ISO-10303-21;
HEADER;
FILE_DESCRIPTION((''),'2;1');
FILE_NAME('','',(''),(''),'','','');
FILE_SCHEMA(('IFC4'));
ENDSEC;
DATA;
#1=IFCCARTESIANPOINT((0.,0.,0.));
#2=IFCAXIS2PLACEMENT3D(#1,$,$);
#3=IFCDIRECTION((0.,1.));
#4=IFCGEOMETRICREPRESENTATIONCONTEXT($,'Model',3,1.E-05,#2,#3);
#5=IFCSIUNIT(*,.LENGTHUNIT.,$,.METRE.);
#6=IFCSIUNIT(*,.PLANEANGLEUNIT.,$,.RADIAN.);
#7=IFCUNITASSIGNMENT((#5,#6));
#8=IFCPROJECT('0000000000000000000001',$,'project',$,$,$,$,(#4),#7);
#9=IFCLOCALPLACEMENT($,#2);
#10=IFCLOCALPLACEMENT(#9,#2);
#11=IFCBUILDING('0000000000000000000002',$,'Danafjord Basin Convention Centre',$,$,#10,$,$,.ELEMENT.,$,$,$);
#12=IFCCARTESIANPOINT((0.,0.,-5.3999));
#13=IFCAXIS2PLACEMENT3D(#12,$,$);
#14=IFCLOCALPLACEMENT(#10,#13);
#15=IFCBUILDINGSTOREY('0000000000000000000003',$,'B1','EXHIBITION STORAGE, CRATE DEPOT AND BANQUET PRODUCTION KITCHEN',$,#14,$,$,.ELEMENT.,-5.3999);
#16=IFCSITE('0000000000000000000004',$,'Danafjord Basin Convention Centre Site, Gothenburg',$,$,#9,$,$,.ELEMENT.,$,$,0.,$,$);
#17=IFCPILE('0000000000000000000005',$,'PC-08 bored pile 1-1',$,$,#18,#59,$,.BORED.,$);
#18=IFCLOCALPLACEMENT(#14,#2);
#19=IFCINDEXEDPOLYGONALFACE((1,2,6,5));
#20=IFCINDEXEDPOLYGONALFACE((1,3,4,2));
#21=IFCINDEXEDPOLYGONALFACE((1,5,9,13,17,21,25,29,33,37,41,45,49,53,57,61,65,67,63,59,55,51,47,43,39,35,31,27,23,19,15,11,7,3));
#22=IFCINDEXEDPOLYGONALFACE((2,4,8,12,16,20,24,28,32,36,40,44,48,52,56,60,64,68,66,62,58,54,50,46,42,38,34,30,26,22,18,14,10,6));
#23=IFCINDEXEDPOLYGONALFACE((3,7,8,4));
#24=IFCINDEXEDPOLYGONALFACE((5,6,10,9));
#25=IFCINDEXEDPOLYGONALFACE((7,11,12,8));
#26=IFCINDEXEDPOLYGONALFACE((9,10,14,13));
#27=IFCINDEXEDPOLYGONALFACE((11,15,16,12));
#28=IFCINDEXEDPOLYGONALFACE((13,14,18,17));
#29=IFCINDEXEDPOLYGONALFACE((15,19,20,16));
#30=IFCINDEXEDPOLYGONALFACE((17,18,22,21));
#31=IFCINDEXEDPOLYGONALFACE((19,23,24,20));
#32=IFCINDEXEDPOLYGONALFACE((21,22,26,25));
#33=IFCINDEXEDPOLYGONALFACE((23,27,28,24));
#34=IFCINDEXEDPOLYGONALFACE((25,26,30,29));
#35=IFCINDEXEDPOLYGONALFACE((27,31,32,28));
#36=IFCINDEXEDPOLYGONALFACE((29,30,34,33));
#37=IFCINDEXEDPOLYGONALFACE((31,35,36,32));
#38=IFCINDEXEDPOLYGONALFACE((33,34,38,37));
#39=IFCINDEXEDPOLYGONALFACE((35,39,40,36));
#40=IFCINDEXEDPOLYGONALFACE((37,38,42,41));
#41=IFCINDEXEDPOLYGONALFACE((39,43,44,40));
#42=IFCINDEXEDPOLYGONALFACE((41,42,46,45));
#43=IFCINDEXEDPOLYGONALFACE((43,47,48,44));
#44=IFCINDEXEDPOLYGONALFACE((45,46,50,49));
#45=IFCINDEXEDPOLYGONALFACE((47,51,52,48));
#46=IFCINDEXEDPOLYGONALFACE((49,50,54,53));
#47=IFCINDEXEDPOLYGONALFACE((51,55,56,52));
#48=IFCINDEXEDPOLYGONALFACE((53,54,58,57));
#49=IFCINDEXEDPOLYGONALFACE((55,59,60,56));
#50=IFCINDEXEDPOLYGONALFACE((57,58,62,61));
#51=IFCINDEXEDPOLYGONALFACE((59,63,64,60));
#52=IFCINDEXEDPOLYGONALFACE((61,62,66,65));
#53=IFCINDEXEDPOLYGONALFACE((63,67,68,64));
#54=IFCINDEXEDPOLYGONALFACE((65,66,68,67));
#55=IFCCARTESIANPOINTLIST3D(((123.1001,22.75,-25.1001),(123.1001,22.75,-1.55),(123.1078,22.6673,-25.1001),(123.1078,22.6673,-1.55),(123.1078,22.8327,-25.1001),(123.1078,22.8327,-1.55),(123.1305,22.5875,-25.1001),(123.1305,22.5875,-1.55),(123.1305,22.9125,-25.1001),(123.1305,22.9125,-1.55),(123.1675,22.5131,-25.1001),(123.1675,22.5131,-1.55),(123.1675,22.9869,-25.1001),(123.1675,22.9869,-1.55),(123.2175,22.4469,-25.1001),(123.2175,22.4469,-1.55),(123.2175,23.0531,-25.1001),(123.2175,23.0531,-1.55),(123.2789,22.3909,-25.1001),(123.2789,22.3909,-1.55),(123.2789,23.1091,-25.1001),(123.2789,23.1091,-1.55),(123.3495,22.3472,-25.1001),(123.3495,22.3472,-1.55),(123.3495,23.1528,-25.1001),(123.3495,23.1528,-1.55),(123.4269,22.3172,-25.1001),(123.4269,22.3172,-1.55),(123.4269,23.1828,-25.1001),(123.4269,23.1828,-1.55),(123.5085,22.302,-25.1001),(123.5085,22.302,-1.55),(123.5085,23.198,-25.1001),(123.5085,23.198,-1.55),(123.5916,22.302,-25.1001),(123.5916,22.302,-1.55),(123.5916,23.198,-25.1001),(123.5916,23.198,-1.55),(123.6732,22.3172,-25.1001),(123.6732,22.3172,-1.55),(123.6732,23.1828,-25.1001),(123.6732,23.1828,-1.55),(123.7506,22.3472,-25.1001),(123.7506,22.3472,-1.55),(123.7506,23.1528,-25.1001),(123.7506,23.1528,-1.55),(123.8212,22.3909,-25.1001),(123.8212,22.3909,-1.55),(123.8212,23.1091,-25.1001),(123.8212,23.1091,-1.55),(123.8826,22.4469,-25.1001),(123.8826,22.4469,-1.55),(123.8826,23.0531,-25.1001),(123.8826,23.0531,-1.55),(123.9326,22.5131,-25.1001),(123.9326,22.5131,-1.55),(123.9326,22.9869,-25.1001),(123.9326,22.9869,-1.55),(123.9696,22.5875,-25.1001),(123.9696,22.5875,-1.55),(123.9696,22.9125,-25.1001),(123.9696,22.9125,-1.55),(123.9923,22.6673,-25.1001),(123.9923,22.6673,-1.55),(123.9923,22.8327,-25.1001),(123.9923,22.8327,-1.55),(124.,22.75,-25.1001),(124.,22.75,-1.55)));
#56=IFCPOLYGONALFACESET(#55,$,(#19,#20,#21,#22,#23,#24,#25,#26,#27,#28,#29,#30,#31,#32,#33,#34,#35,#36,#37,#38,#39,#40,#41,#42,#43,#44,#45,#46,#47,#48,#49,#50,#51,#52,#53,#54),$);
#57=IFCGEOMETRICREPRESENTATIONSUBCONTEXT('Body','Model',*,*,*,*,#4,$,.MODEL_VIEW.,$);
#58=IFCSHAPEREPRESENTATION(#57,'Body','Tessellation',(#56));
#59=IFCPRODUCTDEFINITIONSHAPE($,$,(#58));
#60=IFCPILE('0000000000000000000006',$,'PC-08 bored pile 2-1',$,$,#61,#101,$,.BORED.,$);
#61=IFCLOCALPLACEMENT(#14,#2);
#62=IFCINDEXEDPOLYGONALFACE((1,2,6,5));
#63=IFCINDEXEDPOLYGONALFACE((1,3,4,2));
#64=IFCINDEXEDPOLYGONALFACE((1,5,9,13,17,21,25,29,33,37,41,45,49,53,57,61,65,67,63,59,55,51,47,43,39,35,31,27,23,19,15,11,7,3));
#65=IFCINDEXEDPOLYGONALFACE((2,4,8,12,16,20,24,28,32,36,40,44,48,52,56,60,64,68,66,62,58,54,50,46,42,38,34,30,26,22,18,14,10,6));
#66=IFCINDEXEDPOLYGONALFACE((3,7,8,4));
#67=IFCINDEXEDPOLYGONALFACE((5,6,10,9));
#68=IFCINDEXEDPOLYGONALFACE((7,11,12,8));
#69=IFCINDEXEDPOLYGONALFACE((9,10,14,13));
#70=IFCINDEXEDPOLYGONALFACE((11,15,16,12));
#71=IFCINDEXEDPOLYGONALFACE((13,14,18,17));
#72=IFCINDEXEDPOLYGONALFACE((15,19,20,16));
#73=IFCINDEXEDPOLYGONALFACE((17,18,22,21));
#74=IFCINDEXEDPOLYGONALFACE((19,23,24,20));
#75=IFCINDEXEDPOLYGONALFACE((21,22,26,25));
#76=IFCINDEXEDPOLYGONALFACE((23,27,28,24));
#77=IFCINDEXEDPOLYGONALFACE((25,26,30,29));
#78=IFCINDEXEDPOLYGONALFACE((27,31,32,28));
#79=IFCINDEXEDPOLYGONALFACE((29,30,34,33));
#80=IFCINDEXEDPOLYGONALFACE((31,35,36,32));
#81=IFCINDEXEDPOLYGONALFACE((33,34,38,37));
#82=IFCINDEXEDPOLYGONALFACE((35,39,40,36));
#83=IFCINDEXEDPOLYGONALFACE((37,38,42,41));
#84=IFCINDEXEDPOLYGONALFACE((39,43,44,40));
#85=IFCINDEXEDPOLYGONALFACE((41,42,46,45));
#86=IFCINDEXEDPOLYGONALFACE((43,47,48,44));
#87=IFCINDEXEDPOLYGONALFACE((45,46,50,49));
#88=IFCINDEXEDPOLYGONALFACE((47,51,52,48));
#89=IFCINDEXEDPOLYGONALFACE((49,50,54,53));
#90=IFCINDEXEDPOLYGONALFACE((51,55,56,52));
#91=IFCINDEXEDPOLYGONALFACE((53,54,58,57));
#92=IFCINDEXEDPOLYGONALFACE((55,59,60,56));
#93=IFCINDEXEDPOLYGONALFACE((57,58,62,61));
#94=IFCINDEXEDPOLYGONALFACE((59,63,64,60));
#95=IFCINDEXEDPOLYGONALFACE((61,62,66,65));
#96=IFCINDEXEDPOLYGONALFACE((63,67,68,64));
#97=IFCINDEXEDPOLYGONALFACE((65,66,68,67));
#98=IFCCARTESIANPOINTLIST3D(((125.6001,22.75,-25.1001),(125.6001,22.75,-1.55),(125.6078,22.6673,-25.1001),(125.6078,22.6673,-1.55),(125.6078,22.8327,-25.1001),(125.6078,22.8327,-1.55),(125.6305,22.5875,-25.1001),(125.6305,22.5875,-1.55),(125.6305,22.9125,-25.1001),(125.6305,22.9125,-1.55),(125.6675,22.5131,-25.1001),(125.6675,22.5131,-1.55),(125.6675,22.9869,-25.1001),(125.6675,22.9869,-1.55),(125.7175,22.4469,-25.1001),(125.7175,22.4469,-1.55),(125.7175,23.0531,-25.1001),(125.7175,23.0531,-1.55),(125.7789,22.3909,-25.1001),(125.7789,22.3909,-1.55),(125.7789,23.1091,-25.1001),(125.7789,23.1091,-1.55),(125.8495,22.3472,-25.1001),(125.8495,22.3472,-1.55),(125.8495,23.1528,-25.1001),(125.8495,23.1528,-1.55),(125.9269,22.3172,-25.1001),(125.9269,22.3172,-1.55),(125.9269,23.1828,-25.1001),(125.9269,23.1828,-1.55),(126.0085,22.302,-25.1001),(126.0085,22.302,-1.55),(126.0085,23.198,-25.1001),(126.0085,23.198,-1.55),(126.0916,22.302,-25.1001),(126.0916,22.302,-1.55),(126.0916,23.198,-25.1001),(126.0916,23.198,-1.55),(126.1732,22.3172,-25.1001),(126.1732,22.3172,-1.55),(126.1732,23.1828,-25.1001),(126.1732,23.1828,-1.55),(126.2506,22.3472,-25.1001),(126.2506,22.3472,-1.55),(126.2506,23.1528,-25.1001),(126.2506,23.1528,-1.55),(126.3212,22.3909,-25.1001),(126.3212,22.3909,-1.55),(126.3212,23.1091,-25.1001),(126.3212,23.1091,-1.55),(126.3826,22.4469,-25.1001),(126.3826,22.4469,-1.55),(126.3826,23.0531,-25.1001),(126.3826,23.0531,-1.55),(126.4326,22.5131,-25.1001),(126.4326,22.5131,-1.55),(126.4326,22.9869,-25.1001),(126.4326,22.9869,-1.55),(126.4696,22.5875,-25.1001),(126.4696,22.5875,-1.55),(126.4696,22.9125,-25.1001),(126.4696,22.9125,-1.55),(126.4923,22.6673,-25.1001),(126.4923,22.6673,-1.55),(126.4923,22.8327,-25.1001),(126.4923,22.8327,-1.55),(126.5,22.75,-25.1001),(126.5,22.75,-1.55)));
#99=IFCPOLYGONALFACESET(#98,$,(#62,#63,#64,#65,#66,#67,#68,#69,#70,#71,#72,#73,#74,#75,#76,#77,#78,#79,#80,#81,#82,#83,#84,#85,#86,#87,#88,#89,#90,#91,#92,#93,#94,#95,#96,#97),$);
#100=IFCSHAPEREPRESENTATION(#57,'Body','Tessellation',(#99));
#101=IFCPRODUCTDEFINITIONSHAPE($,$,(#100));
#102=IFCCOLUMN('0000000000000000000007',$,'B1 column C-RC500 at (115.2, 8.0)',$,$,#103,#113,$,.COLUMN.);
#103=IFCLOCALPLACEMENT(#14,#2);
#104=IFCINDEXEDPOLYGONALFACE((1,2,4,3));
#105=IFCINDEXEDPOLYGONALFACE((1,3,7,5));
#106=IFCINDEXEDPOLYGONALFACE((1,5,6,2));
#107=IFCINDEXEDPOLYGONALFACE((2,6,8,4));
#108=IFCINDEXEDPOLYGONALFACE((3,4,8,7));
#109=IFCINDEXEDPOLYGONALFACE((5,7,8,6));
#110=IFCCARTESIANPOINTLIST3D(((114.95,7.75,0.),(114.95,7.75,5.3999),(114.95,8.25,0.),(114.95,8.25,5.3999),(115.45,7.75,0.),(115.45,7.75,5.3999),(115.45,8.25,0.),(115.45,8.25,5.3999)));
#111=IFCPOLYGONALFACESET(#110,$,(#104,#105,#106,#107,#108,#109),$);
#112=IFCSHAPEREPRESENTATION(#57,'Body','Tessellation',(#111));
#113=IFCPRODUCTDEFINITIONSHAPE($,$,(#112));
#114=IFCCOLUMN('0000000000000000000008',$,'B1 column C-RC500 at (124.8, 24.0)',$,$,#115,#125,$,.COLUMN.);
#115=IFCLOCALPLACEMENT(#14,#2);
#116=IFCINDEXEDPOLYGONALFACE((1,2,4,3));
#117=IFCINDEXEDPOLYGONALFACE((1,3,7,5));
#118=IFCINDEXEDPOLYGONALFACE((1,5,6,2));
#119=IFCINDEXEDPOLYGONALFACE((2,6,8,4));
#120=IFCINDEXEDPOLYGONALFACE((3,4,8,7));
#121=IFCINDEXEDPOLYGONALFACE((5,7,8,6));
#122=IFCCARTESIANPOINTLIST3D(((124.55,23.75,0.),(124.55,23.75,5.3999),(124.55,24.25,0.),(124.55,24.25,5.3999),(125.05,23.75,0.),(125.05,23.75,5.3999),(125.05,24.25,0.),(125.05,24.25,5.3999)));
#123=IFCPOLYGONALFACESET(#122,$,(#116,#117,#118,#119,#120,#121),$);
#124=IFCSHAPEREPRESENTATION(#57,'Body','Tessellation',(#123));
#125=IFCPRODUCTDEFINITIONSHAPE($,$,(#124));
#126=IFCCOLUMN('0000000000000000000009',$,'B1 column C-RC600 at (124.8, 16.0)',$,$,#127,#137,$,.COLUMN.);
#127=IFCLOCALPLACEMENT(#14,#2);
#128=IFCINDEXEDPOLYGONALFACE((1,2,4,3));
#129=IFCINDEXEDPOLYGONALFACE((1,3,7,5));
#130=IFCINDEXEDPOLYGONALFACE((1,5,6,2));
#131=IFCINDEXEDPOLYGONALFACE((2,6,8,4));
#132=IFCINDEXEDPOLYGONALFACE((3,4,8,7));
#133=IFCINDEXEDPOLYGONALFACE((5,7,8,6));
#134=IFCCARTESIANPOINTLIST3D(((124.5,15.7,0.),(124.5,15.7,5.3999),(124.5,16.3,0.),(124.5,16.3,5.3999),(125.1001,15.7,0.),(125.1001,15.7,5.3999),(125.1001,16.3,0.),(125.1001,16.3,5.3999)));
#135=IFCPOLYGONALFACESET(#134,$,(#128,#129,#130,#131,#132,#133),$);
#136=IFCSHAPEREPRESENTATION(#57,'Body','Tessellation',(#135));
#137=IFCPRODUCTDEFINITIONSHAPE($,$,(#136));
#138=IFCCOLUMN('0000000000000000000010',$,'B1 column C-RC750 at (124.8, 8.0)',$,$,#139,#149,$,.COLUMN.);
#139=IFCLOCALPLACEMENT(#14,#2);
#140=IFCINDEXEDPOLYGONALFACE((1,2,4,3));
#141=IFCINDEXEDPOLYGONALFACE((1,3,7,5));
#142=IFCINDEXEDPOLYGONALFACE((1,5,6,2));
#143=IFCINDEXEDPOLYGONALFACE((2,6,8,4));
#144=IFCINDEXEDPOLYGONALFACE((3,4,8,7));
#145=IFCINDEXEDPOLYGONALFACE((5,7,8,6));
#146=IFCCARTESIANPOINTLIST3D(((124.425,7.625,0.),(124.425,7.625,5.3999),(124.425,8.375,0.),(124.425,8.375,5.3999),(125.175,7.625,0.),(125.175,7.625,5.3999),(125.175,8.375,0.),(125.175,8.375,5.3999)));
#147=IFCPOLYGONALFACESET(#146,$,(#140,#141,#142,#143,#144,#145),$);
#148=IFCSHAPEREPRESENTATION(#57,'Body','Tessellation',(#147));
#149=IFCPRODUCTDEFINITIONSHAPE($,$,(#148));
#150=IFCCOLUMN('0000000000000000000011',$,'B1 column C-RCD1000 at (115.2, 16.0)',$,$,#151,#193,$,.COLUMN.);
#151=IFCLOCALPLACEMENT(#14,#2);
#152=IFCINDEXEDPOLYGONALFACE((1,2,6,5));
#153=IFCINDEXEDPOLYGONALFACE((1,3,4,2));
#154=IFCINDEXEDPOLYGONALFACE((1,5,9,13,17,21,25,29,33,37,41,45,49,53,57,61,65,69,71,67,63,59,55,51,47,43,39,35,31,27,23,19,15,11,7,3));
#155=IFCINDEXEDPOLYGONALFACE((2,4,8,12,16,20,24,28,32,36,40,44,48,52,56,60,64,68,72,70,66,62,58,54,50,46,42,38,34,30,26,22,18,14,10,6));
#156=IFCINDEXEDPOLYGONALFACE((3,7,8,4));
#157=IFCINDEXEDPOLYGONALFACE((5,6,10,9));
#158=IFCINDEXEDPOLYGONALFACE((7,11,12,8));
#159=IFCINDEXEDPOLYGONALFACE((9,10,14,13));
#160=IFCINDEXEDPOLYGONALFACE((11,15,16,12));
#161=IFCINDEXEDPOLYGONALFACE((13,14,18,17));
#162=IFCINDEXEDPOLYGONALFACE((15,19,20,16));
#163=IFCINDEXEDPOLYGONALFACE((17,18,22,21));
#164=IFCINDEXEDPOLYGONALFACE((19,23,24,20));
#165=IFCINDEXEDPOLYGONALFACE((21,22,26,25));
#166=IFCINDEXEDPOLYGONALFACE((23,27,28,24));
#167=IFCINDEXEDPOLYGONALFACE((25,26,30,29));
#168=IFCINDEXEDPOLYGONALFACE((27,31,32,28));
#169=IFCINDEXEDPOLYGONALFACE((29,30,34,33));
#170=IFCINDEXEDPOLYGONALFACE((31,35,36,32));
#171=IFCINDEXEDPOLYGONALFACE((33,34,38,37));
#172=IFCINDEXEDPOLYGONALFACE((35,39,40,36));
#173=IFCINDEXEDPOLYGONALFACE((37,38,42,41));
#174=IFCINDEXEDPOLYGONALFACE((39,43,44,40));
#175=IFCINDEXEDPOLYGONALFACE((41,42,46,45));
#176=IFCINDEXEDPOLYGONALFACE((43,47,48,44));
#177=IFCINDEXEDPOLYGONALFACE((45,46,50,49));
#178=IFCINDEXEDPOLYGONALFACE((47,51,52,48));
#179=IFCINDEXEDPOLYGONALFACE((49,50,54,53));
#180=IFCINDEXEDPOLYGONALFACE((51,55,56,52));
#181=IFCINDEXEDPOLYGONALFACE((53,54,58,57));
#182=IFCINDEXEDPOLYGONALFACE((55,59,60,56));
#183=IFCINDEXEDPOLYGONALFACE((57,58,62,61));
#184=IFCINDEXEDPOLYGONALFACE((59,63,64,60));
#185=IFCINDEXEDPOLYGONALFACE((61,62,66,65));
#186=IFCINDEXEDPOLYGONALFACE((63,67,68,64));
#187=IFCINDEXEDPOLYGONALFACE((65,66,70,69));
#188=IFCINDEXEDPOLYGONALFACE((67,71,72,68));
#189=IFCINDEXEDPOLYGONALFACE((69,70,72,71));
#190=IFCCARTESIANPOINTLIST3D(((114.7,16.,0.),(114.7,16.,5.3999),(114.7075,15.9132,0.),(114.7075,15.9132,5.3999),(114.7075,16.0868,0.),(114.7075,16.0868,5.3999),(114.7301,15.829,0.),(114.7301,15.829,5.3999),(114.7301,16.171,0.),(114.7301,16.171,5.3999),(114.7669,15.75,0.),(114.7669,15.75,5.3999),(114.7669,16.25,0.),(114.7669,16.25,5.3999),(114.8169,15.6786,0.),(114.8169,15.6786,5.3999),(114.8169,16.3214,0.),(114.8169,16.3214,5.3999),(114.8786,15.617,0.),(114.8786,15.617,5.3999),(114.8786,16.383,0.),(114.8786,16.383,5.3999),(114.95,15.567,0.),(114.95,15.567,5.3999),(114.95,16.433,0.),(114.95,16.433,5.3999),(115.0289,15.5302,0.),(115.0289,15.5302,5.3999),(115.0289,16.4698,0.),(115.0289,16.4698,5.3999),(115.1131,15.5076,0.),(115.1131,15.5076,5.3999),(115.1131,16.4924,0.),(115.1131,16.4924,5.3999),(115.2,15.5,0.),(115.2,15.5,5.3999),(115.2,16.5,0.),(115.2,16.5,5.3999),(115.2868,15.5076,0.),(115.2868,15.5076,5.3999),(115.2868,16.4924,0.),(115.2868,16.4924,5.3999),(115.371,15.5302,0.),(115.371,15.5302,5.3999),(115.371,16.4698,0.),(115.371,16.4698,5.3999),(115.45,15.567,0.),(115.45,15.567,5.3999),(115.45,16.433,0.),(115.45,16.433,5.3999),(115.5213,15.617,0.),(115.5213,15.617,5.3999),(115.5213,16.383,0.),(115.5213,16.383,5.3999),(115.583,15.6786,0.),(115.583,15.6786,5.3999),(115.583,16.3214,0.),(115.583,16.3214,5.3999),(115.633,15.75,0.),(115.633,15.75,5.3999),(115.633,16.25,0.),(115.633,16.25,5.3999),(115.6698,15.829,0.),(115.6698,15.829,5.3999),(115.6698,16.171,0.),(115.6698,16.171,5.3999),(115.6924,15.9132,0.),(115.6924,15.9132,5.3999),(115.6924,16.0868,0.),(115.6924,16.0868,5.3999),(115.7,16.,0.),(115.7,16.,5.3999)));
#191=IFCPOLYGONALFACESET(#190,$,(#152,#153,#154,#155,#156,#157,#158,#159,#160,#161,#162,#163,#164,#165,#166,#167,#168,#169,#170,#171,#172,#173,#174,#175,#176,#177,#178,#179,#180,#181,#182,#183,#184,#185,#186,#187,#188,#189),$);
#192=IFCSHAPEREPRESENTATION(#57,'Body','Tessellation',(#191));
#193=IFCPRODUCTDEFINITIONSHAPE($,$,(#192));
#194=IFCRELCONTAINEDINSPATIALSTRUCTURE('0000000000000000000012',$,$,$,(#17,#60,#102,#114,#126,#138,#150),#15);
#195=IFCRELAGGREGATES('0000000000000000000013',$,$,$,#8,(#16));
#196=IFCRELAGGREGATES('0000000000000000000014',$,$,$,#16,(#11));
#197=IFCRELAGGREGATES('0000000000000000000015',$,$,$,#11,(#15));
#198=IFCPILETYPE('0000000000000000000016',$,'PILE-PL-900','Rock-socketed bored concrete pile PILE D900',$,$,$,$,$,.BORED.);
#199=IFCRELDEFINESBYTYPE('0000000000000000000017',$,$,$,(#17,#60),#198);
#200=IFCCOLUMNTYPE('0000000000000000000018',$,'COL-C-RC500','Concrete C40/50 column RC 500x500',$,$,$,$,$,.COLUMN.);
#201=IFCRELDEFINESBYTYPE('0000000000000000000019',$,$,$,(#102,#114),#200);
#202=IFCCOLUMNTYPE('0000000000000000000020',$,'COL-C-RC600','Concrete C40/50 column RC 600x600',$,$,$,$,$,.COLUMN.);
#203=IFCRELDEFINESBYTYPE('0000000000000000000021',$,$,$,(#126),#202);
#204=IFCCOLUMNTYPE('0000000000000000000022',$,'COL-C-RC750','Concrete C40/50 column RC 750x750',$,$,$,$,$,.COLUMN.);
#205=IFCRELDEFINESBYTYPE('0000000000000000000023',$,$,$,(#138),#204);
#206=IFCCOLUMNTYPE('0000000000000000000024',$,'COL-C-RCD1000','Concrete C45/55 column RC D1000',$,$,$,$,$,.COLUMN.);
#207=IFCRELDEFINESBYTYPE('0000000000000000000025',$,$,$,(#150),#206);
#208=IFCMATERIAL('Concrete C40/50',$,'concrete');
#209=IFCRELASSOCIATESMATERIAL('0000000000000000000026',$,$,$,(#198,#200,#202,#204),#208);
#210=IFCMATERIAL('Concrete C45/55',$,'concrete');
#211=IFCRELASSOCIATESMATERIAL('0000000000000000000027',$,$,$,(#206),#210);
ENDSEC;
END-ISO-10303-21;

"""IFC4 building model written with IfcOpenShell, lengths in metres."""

from ifc_helpers import new_model, si_unit, direction, frame, origin, origin_2d, place, context, subcontext, project, spatial, rectangle, circle, extrude, material, material_profile, profile_set, type_object, element, save


model = new_model("IFC4")

# Units and contexts
model_context = context("Model", 3, precision=1e-05, world=origin(), true_north=direction((0.0, 1.0)))
body_context = subcontext(model_context, "Body", "Model", "MODEL_VIEW")
ifc_project = project(units=[si_unit("LENGTHUNIT", "METRE"), si_unit("PLANEANGLEUNIT", "RADIAN")], contexts=[model_context])

# Site, building, storey
site_placement = place(None, origin())
site = spatial("IfcSite", under=ifc_project, at=site_placement, Name="Danafjord Basin Convention Centre Site, Gothenburg", CompositionType="ELEMENT", RefElevation=0.0)
building_placement = place(site_placement, origin())
building = spatial("IfcBuilding", under=site, at=building_placement, Name="Danafjord Basin Convention Centre", CompositionType="ELEMENT")
storey_placement = place(building_placement, frame((0.0, 0.0, -5.3999)))
storey = spatial("IfcBuildingStorey", under=building, at=storey_placement, Name="B1", Description="EXHIBITION STORAGE, CRATE DEPOT AND BANQUET PRODUCTION KITCHEN", CompositionType="ELEMENT", Elevation=-5.3999)

# Shared definitions
ifc_material_1 = material(Name="Concrete C40/50", Category="concrete")

# Piles
ifc_material_profile_1 = material_profile(ifc_material_1, circle(Radius=0.45, at=origin_2d()), Name="PILE D900")
ifc_profile_set_1 = profile_set([ifc_material_profile_1], Name="Concrete C40/50")
pile_type_1 = type_object("IfcPileType", Name="PILE-PL-900", Description="Rock-socketed bored concrete pile PILE D900", PredefinedType="BORED", material=ifc_profile_set_1)
for number, where, z_axis, x_axis, name in (
    (1, (123.55, 22.75, -1.55), (0.0, 0.0, -1.0), (1.0, 0.0, 0.0), "PC-08 bored pile 1-1"),
    (2, (126.05, 22.75, -1.55), (0.0, 0.0, -1.0), (1.0, 0.0, 0.0), "PC-08 bored pile 2-1"),
):
    element("IfcPile", number, at=place(storey_placement, frame(where, z_axis=z_axis, x_axis=x_axis)), inside=storey, type_object=pile_type_1, Name=name, PredefinedType="BORED", context=body_context, shape_type="SweptSolid", body=[
        extrude(circle(Radius=0.45, at=origin_2d()), origin(), (0.0, 0.0, 1.0), 23.55),
    ])

# Columns
ifc_material_profile_2 = material_profile(ifc_material_1, rectangle(XDim=0.5, YDim=0.5, at=origin_2d()), Name="RC 500x500")
ifc_profile_set_2 = profile_set([ifc_material_profile_2], Name="Concrete C40/50")
column_type_1 = type_object("IfcColumnType", Name="COL-C-RC500", Description="Concrete C40/50 column RC 500x500", PredefinedType="COLUMN", material=ifc_profile_set_2)
for number, where, z_axis, x_axis, name in (
    (3, (115.2, 8.0, 0.0), (0.0, 0.0, 1.0), (1.0, 0.0, 0.0), "B1 column C-RC500 at (115.2, 8.0)"),
    (4, (124.8, 24.0, 0.0), (0.0, 0.0, 1.0), (1.0, 0.0, 0.0), "B1 column C-RC500 at (124.8, 24.0)"),
):
    element("IfcColumn", number, at=place(storey_placement, frame(where, z_axis=z_axis, x_axis=x_axis)), inside=storey, type_object=column_type_1, Name=name, PredefinedType="COLUMN", context=body_context, shape_type="SweptSolid", body=[
        extrude(rectangle(XDim=0.5, YDim=0.5, at=origin_2d()), origin(), (0.0, 0.0, 1.0), 5.3999),
    ])
ifc_material_profile_3 = material_profile(ifc_material_1, rectangle(XDim=0.6001, YDim=0.6001, at=origin_2d()), Name="RC 600x600")
ifc_profile_set_3 = profile_set([ifc_material_profile_3], Name="Concrete C40/50")
column_type_2 = type_object("IfcColumnType", Name="COL-C-RC600", Description="Concrete C40/50 column RC 600x600", PredefinedType="COLUMN", material=ifc_profile_set_3)
column_1_placement = place(storey_placement, frame((124.8, 16.0, 0.0), z_axis=(0.0, 0.0, 1.0), x_axis=(1.0, 0.0, 0.0)))
element("IfcColumn", 5, at=column_1_placement, inside=storey, type_object=column_type_2, Name="B1 column C-RC600 at (124.8, 16.0)", PredefinedType="COLUMN", context=body_context, shape_type="SweptSolid", body=[
    extrude(rectangle(XDim=0.6001, YDim=0.6001, at=origin_2d()), origin(), (0.0, 0.0, 1.0), 5.3999),
])
ifc_material_profile_4 = material_profile(ifc_material_1, rectangle(XDim=0.75, YDim=0.75, at=origin_2d()), Name="RC 750x750")
ifc_profile_set_4 = profile_set([ifc_material_profile_4], Name="Concrete C40/50")
column_type_3 = type_object("IfcColumnType", Name="COL-C-RC750", Description="Concrete C40/50 column RC 750x750", PredefinedType="COLUMN", material=ifc_profile_set_4)
column_2_placement = place(storey_placement, frame((124.8, 8.0, 0.0), z_axis=(0.0, 0.0, 1.0), x_axis=(1.0, 0.0, 0.0)))
element("IfcColumn", 6, at=column_2_placement, inside=storey, type_object=column_type_3, Name="B1 column C-RC750 at (124.8, 8.0)", PredefinedType="COLUMN", context=body_context, shape_type="SweptSolid", body=[
    extrude(rectangle(XDim=0.75, YDim=0.75, at=origin_2d()), origin(), (0.0, 0.0, 1.0), 5.3999),
])
ifc_material_2 = material(Name="Concrete C45/55", Category="concrete")
ifc_material_profile_5 = material_profile(ifc_material_2, circle(Radius=0.5, at=origin_2d()), Name="RC D1000")
ifc_profile_set_5 = profile_set([ifc_material_profile_5], Name="Concrete C45/55")
column_type_4 = type_object("IfcColumnType", Name="COL-C-RCD1000", Description="Concrete C45/55 column RC D1000", PredefinedType="COLUMN", material=ifc_profile_set_5)
column_3_placement = place(storey_placement, frame((115.2, 16.0, 0.0), z_axis=(0.0, 0.0, 1.0), x_axis=(1.0, 0.0, 0.0)))
element("IfcColumn", 7, at=column_3_placement, inside=storey, type_object=column_type_4, Name="B1 column C-RCD1000 at (115.2, 16.0)", PredefinedType="COLUMN", context=body_context, shape_type="SweptSolid", body=[
    extrude(circle(Radius=0.5, at=origin_2d()), origin(), (0.0, 0.0, 1.0), 5.3999),
])

save(model, "model.ifc")
